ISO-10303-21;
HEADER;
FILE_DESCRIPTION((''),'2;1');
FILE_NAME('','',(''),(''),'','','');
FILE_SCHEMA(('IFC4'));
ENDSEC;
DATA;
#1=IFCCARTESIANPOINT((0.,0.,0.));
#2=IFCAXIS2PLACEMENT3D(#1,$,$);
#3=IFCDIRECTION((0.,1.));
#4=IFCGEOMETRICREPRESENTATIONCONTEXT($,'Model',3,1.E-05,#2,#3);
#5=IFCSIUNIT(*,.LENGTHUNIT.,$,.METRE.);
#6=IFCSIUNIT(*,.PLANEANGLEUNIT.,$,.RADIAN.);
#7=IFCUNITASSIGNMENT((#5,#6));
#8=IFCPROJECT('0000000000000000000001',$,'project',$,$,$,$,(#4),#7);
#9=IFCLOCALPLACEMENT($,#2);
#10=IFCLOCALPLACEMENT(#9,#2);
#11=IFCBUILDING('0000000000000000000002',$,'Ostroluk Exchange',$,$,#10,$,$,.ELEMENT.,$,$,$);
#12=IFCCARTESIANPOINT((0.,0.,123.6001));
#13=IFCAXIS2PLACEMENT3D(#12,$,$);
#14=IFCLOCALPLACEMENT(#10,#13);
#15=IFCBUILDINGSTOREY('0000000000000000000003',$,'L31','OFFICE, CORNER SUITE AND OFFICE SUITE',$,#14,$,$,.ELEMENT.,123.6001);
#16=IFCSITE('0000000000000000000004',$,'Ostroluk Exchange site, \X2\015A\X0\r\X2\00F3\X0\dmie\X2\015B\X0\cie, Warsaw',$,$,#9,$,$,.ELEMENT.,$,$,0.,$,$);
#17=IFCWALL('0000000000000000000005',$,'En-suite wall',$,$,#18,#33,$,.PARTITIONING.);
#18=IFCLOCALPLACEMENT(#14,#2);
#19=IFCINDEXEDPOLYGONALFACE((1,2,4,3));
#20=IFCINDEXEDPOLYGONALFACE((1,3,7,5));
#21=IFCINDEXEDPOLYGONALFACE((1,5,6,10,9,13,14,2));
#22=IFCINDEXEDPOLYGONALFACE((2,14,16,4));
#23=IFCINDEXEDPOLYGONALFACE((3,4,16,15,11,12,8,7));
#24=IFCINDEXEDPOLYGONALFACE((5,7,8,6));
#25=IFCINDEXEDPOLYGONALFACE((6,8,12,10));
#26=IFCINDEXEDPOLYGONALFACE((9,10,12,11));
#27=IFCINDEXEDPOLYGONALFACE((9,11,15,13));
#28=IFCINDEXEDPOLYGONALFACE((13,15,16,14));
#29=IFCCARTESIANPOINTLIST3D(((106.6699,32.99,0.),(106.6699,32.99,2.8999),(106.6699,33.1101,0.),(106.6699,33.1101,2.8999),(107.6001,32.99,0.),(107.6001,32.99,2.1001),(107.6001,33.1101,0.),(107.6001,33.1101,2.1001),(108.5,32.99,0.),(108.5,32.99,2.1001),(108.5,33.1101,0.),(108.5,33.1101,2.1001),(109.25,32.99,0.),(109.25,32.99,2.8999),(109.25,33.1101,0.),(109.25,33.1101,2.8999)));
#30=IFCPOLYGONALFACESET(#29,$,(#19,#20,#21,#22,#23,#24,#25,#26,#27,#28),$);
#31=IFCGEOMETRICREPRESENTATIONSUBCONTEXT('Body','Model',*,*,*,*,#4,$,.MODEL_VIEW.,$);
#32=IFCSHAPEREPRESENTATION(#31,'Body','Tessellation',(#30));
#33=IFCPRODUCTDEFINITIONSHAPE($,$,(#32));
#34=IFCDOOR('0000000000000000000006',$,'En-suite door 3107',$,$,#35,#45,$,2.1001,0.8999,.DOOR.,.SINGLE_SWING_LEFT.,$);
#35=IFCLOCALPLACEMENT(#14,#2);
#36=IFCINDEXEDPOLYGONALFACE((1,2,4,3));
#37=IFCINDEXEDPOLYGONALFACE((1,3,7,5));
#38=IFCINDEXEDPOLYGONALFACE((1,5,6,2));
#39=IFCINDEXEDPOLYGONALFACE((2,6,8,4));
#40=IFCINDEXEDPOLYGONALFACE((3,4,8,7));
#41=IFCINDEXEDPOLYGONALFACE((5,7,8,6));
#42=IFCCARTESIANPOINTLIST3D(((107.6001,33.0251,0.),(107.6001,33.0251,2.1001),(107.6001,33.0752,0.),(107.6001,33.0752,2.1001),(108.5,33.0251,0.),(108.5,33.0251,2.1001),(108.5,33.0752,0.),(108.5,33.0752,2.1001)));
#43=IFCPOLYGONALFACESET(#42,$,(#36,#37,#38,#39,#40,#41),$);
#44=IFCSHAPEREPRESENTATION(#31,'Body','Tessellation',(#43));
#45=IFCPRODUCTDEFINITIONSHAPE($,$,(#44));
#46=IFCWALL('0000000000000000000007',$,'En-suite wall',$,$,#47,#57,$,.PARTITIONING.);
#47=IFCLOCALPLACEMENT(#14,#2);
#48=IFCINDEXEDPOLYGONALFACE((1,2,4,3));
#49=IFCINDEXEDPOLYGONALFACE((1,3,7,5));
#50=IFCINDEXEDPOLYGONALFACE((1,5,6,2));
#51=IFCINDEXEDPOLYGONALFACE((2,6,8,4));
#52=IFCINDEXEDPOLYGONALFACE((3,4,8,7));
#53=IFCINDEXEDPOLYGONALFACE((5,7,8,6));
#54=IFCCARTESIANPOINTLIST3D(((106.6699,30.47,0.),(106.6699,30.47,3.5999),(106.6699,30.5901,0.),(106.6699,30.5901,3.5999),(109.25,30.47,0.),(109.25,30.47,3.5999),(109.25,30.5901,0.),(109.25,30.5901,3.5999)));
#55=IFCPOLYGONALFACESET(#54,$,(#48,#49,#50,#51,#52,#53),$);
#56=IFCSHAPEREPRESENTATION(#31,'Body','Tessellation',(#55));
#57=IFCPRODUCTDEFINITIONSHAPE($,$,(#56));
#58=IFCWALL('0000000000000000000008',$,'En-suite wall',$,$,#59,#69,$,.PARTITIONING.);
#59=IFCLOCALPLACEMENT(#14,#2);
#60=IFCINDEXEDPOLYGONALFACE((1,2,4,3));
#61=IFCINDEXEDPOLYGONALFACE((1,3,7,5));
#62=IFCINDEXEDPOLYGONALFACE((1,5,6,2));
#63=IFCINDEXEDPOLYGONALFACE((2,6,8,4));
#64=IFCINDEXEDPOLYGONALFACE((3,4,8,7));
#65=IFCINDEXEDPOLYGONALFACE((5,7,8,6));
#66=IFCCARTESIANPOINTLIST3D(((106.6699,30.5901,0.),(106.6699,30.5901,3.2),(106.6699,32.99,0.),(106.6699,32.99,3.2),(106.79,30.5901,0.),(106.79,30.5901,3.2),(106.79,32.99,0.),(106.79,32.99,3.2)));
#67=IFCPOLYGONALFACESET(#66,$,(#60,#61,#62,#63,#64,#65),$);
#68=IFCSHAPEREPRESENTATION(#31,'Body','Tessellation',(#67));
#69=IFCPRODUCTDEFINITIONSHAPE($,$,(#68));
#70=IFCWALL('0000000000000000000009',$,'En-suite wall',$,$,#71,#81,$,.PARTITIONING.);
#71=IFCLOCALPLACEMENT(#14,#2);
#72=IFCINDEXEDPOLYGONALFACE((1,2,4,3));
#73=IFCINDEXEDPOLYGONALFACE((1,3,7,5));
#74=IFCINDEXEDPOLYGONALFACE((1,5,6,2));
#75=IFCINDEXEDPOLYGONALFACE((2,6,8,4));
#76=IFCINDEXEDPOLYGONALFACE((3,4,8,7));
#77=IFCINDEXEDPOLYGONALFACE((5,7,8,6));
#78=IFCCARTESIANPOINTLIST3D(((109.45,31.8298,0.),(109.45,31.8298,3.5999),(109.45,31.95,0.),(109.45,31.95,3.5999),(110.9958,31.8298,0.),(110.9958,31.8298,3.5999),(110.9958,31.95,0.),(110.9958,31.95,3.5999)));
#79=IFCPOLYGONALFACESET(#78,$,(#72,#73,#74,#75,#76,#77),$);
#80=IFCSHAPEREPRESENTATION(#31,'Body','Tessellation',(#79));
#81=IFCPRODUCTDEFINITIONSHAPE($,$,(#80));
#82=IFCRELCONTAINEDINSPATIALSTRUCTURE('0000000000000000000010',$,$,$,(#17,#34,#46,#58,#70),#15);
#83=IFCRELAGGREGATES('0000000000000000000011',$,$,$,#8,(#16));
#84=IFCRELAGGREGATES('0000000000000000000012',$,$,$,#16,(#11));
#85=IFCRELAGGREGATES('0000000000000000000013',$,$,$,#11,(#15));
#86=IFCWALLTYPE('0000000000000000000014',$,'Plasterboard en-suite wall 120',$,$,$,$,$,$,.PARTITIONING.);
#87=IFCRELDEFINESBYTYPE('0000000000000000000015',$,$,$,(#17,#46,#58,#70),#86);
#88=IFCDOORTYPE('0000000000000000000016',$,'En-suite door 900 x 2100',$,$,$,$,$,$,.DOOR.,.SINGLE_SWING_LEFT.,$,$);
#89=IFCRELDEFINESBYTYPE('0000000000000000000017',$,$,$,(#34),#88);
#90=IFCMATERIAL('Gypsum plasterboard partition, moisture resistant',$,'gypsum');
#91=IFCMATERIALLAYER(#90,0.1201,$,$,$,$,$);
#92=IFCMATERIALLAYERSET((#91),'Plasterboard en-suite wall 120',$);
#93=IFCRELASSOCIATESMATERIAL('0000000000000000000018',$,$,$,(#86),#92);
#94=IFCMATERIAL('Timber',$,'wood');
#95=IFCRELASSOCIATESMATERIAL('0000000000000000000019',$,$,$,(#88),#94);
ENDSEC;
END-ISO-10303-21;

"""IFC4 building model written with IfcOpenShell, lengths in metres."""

from ifc_helpers import new_model, si_unit, direction, frame, frame_2d, origin, place, context, subcontext, project, spatial, rectangle, extrude, material, layer, layer_set, type_object, element, fill, save


model = new_model("IFC4")

# Units and contexts
model_context = context("Model", 3, precision=1e-05, world=origin(), true_north=direction((0.0, 1.0)))
body_context = subcontext(model_context, "Body", "Model", "MODEL_VIEW")
ifc_project = project(units=[si_unit("LENGTHUNIT", "METRE"), si_unit("PLANEANGLEUNIT", "RADIAN")], contexts=[model_context])

# Site, building, storey
site_placement = place(None, origin())
site = spatial("IfcSite", under=ifc_project, at=site_placement, Name="Ostroluk Exchange site, Śródmieście, Warsaw", CompositionType="ELEMENT", RefElevation=0.0)
building_placement = place(site_placement, origin())
building = spatial("IfcBuilding", under=site, at=building_placement, Name="Ostroluk Exchange", CompositionType="ELEMENT")
storey_placement = place(building_placement, frame((0.0, 0.0, 123.6001)))
storey = spatial("IfcBuildingStorey", under=building, at=storey_placement, Name="L31", Description="OFFICE, CORNER SUITE AND OFFICE SUITE", CompositionType="ELEMENT", Elevation=123.6001)

# Wall, opening, door
ifc_material_1 = material(Name="Gypsum plasterboard partition, moisture resistant", Category="gypsum")
ifc_layer_1 = layer(ifc_material_1, 0.1201)
ifc_layer_set_1 = layer_set([ifc_layer_1], Name="Plasterboard en-suite wall 120")
wall_type_1 = type_object("IfcWallType", Name="Plasterboard en-suite wall 120", PredefinedType="PARTITIONING", material=ifc_layer_set_1)
wall_1_placement = place(storey_placement, frame((109.25, 33.05, 0.0), z_axis=(0.0, 0.0, 1.0), x_axis=(-1.0, 0.0, 0.0)))
wall_1 = element("IfcWall", 1, at=wall_1_placement, inside=storey, type_object=wall_type_1, Name="En-suite wall", PredefinedType="PARTITIONING", context=body_context, shape_type="SweptSolid", body=[
    extrude(rectangle(XDim=2.5801, YDim=0.1201, at=frame_2d((1.29, 0.0))), origin(), (0.0, 0.0, 1.0), 2.8999),
])
opening_1_placement = place(wall_1_placement, frame((0.75, 0.0, 0.0)))
opening_1 = element("IfcOpeningElement", 2, at=opening_1_placement, cuts=wall_1, PredefinedType="OPENING", context=body_context, shape_type="SweptSolid", body=[
    extrude(rectangle(XDim=0.8999, YDim=2.1001, at=frame_2d((0.45, 1.05))), frame((0.0, 0.0701, 0.0), z_axis=(0.0, -1.0, 0.0), x_axis=(1.0, 0.0, 0.0)), (0.0, 0.0, 1.0), 0.1401),
])
ifc_material_2 = material(Name="Timber", Category="wood")
door_type_1 = type_object("IfcDoorType", Name="En-suite door 900 x 2100", OperationType="SINGLE_SWING_LEFT", PredefinedType="DOOR", material=ifc_material_2)
door_1_placement = place(opening_1_placement, origin())
door_1 = element("IfcDoor", 3, at=door_1_placement, inside=storey, type_object=door_type_1, Name="En-suite door 3107", OperationType="SINGLE_SWING_LEFT", OverallHeight=2.1001, OverallWidth=0.8999, PredefinedType="DOOR", context=body_context, shape_type="SweptSolid", body=[
    extrude(rectangle(XDim=0.8999, YDim=2.1001, at=frame_2d((0.45, 1.05))), frame((0.0, 0.0249, 0.0), z_axis=(0.0, -1.0, 0.0), x_axis=(1.0, 0.0, 0.0)), (0.0, 0.0, 1.0), 0.05),
])
fill(opening_1, door_1)

# Walls
wall_2_placement = place(storey_placement, frame((109.25, 30.53, 0.0), z_axis=(0.0, 0.0, 1.0), x_axis=(-1.0, 0.0, 0.0)))
element("IfcWall", 4, at=wall_2_placement, inside=storey, type_object=wall_type_1, Name="En-suite wall", PredefinedType="PARTITIONING", context=body_context, shape_type="SweptSolid", body=[
    extrude(rectangle(XDim=2.5801, YDim=0.1201, at=frame_2d((1.29, 0.0))), origin(), (0.0, 0.0, 1.0), 3.5999),
])
wall_3_placement = place(storey_placement, frame((106.73, 32.99, 0.0), z_axis=(0.0, 0.0, 1.0), x_axis=(0.0, -1.0, 0.0)))
element("IfcWall", 5, at=wall_3_placement, inside=storey, type_object=wall_type_1, Name="En-suite wall", PredefinedType="PARTITIONING", context=body_context, shape_type="SweptSolid", body=[
    extrude(rectangle(XDim=2.3999, YDim=0.1201, at=frame_2d((1.2, 0.0))), origin(), (0.0, 0.0, 1.0), 3.2),
])
wall_4_placement = place(storey_placement, frame((109.45, 31.8899, 0.0), z_axis=(0.0, 0.0, 1.0), x_axis=(1.0, 0.0, 0.0)))
element("IfcWall", 6, at=wall_4_placement, inside=storey, type_object=wall_type_1, Name="En-suite wall", PredefinedType="PARTITIONING", context=body_context, shape_type="SweptSolid", body=[
    extrude(rectangle(XDim=1.5459, YDim=0.1201, at=frame_2d((0.7729, 0.0))), origin(), (0.0, 0.0, 1.0), 3.5999),
])

save(model, "model.ifc")
